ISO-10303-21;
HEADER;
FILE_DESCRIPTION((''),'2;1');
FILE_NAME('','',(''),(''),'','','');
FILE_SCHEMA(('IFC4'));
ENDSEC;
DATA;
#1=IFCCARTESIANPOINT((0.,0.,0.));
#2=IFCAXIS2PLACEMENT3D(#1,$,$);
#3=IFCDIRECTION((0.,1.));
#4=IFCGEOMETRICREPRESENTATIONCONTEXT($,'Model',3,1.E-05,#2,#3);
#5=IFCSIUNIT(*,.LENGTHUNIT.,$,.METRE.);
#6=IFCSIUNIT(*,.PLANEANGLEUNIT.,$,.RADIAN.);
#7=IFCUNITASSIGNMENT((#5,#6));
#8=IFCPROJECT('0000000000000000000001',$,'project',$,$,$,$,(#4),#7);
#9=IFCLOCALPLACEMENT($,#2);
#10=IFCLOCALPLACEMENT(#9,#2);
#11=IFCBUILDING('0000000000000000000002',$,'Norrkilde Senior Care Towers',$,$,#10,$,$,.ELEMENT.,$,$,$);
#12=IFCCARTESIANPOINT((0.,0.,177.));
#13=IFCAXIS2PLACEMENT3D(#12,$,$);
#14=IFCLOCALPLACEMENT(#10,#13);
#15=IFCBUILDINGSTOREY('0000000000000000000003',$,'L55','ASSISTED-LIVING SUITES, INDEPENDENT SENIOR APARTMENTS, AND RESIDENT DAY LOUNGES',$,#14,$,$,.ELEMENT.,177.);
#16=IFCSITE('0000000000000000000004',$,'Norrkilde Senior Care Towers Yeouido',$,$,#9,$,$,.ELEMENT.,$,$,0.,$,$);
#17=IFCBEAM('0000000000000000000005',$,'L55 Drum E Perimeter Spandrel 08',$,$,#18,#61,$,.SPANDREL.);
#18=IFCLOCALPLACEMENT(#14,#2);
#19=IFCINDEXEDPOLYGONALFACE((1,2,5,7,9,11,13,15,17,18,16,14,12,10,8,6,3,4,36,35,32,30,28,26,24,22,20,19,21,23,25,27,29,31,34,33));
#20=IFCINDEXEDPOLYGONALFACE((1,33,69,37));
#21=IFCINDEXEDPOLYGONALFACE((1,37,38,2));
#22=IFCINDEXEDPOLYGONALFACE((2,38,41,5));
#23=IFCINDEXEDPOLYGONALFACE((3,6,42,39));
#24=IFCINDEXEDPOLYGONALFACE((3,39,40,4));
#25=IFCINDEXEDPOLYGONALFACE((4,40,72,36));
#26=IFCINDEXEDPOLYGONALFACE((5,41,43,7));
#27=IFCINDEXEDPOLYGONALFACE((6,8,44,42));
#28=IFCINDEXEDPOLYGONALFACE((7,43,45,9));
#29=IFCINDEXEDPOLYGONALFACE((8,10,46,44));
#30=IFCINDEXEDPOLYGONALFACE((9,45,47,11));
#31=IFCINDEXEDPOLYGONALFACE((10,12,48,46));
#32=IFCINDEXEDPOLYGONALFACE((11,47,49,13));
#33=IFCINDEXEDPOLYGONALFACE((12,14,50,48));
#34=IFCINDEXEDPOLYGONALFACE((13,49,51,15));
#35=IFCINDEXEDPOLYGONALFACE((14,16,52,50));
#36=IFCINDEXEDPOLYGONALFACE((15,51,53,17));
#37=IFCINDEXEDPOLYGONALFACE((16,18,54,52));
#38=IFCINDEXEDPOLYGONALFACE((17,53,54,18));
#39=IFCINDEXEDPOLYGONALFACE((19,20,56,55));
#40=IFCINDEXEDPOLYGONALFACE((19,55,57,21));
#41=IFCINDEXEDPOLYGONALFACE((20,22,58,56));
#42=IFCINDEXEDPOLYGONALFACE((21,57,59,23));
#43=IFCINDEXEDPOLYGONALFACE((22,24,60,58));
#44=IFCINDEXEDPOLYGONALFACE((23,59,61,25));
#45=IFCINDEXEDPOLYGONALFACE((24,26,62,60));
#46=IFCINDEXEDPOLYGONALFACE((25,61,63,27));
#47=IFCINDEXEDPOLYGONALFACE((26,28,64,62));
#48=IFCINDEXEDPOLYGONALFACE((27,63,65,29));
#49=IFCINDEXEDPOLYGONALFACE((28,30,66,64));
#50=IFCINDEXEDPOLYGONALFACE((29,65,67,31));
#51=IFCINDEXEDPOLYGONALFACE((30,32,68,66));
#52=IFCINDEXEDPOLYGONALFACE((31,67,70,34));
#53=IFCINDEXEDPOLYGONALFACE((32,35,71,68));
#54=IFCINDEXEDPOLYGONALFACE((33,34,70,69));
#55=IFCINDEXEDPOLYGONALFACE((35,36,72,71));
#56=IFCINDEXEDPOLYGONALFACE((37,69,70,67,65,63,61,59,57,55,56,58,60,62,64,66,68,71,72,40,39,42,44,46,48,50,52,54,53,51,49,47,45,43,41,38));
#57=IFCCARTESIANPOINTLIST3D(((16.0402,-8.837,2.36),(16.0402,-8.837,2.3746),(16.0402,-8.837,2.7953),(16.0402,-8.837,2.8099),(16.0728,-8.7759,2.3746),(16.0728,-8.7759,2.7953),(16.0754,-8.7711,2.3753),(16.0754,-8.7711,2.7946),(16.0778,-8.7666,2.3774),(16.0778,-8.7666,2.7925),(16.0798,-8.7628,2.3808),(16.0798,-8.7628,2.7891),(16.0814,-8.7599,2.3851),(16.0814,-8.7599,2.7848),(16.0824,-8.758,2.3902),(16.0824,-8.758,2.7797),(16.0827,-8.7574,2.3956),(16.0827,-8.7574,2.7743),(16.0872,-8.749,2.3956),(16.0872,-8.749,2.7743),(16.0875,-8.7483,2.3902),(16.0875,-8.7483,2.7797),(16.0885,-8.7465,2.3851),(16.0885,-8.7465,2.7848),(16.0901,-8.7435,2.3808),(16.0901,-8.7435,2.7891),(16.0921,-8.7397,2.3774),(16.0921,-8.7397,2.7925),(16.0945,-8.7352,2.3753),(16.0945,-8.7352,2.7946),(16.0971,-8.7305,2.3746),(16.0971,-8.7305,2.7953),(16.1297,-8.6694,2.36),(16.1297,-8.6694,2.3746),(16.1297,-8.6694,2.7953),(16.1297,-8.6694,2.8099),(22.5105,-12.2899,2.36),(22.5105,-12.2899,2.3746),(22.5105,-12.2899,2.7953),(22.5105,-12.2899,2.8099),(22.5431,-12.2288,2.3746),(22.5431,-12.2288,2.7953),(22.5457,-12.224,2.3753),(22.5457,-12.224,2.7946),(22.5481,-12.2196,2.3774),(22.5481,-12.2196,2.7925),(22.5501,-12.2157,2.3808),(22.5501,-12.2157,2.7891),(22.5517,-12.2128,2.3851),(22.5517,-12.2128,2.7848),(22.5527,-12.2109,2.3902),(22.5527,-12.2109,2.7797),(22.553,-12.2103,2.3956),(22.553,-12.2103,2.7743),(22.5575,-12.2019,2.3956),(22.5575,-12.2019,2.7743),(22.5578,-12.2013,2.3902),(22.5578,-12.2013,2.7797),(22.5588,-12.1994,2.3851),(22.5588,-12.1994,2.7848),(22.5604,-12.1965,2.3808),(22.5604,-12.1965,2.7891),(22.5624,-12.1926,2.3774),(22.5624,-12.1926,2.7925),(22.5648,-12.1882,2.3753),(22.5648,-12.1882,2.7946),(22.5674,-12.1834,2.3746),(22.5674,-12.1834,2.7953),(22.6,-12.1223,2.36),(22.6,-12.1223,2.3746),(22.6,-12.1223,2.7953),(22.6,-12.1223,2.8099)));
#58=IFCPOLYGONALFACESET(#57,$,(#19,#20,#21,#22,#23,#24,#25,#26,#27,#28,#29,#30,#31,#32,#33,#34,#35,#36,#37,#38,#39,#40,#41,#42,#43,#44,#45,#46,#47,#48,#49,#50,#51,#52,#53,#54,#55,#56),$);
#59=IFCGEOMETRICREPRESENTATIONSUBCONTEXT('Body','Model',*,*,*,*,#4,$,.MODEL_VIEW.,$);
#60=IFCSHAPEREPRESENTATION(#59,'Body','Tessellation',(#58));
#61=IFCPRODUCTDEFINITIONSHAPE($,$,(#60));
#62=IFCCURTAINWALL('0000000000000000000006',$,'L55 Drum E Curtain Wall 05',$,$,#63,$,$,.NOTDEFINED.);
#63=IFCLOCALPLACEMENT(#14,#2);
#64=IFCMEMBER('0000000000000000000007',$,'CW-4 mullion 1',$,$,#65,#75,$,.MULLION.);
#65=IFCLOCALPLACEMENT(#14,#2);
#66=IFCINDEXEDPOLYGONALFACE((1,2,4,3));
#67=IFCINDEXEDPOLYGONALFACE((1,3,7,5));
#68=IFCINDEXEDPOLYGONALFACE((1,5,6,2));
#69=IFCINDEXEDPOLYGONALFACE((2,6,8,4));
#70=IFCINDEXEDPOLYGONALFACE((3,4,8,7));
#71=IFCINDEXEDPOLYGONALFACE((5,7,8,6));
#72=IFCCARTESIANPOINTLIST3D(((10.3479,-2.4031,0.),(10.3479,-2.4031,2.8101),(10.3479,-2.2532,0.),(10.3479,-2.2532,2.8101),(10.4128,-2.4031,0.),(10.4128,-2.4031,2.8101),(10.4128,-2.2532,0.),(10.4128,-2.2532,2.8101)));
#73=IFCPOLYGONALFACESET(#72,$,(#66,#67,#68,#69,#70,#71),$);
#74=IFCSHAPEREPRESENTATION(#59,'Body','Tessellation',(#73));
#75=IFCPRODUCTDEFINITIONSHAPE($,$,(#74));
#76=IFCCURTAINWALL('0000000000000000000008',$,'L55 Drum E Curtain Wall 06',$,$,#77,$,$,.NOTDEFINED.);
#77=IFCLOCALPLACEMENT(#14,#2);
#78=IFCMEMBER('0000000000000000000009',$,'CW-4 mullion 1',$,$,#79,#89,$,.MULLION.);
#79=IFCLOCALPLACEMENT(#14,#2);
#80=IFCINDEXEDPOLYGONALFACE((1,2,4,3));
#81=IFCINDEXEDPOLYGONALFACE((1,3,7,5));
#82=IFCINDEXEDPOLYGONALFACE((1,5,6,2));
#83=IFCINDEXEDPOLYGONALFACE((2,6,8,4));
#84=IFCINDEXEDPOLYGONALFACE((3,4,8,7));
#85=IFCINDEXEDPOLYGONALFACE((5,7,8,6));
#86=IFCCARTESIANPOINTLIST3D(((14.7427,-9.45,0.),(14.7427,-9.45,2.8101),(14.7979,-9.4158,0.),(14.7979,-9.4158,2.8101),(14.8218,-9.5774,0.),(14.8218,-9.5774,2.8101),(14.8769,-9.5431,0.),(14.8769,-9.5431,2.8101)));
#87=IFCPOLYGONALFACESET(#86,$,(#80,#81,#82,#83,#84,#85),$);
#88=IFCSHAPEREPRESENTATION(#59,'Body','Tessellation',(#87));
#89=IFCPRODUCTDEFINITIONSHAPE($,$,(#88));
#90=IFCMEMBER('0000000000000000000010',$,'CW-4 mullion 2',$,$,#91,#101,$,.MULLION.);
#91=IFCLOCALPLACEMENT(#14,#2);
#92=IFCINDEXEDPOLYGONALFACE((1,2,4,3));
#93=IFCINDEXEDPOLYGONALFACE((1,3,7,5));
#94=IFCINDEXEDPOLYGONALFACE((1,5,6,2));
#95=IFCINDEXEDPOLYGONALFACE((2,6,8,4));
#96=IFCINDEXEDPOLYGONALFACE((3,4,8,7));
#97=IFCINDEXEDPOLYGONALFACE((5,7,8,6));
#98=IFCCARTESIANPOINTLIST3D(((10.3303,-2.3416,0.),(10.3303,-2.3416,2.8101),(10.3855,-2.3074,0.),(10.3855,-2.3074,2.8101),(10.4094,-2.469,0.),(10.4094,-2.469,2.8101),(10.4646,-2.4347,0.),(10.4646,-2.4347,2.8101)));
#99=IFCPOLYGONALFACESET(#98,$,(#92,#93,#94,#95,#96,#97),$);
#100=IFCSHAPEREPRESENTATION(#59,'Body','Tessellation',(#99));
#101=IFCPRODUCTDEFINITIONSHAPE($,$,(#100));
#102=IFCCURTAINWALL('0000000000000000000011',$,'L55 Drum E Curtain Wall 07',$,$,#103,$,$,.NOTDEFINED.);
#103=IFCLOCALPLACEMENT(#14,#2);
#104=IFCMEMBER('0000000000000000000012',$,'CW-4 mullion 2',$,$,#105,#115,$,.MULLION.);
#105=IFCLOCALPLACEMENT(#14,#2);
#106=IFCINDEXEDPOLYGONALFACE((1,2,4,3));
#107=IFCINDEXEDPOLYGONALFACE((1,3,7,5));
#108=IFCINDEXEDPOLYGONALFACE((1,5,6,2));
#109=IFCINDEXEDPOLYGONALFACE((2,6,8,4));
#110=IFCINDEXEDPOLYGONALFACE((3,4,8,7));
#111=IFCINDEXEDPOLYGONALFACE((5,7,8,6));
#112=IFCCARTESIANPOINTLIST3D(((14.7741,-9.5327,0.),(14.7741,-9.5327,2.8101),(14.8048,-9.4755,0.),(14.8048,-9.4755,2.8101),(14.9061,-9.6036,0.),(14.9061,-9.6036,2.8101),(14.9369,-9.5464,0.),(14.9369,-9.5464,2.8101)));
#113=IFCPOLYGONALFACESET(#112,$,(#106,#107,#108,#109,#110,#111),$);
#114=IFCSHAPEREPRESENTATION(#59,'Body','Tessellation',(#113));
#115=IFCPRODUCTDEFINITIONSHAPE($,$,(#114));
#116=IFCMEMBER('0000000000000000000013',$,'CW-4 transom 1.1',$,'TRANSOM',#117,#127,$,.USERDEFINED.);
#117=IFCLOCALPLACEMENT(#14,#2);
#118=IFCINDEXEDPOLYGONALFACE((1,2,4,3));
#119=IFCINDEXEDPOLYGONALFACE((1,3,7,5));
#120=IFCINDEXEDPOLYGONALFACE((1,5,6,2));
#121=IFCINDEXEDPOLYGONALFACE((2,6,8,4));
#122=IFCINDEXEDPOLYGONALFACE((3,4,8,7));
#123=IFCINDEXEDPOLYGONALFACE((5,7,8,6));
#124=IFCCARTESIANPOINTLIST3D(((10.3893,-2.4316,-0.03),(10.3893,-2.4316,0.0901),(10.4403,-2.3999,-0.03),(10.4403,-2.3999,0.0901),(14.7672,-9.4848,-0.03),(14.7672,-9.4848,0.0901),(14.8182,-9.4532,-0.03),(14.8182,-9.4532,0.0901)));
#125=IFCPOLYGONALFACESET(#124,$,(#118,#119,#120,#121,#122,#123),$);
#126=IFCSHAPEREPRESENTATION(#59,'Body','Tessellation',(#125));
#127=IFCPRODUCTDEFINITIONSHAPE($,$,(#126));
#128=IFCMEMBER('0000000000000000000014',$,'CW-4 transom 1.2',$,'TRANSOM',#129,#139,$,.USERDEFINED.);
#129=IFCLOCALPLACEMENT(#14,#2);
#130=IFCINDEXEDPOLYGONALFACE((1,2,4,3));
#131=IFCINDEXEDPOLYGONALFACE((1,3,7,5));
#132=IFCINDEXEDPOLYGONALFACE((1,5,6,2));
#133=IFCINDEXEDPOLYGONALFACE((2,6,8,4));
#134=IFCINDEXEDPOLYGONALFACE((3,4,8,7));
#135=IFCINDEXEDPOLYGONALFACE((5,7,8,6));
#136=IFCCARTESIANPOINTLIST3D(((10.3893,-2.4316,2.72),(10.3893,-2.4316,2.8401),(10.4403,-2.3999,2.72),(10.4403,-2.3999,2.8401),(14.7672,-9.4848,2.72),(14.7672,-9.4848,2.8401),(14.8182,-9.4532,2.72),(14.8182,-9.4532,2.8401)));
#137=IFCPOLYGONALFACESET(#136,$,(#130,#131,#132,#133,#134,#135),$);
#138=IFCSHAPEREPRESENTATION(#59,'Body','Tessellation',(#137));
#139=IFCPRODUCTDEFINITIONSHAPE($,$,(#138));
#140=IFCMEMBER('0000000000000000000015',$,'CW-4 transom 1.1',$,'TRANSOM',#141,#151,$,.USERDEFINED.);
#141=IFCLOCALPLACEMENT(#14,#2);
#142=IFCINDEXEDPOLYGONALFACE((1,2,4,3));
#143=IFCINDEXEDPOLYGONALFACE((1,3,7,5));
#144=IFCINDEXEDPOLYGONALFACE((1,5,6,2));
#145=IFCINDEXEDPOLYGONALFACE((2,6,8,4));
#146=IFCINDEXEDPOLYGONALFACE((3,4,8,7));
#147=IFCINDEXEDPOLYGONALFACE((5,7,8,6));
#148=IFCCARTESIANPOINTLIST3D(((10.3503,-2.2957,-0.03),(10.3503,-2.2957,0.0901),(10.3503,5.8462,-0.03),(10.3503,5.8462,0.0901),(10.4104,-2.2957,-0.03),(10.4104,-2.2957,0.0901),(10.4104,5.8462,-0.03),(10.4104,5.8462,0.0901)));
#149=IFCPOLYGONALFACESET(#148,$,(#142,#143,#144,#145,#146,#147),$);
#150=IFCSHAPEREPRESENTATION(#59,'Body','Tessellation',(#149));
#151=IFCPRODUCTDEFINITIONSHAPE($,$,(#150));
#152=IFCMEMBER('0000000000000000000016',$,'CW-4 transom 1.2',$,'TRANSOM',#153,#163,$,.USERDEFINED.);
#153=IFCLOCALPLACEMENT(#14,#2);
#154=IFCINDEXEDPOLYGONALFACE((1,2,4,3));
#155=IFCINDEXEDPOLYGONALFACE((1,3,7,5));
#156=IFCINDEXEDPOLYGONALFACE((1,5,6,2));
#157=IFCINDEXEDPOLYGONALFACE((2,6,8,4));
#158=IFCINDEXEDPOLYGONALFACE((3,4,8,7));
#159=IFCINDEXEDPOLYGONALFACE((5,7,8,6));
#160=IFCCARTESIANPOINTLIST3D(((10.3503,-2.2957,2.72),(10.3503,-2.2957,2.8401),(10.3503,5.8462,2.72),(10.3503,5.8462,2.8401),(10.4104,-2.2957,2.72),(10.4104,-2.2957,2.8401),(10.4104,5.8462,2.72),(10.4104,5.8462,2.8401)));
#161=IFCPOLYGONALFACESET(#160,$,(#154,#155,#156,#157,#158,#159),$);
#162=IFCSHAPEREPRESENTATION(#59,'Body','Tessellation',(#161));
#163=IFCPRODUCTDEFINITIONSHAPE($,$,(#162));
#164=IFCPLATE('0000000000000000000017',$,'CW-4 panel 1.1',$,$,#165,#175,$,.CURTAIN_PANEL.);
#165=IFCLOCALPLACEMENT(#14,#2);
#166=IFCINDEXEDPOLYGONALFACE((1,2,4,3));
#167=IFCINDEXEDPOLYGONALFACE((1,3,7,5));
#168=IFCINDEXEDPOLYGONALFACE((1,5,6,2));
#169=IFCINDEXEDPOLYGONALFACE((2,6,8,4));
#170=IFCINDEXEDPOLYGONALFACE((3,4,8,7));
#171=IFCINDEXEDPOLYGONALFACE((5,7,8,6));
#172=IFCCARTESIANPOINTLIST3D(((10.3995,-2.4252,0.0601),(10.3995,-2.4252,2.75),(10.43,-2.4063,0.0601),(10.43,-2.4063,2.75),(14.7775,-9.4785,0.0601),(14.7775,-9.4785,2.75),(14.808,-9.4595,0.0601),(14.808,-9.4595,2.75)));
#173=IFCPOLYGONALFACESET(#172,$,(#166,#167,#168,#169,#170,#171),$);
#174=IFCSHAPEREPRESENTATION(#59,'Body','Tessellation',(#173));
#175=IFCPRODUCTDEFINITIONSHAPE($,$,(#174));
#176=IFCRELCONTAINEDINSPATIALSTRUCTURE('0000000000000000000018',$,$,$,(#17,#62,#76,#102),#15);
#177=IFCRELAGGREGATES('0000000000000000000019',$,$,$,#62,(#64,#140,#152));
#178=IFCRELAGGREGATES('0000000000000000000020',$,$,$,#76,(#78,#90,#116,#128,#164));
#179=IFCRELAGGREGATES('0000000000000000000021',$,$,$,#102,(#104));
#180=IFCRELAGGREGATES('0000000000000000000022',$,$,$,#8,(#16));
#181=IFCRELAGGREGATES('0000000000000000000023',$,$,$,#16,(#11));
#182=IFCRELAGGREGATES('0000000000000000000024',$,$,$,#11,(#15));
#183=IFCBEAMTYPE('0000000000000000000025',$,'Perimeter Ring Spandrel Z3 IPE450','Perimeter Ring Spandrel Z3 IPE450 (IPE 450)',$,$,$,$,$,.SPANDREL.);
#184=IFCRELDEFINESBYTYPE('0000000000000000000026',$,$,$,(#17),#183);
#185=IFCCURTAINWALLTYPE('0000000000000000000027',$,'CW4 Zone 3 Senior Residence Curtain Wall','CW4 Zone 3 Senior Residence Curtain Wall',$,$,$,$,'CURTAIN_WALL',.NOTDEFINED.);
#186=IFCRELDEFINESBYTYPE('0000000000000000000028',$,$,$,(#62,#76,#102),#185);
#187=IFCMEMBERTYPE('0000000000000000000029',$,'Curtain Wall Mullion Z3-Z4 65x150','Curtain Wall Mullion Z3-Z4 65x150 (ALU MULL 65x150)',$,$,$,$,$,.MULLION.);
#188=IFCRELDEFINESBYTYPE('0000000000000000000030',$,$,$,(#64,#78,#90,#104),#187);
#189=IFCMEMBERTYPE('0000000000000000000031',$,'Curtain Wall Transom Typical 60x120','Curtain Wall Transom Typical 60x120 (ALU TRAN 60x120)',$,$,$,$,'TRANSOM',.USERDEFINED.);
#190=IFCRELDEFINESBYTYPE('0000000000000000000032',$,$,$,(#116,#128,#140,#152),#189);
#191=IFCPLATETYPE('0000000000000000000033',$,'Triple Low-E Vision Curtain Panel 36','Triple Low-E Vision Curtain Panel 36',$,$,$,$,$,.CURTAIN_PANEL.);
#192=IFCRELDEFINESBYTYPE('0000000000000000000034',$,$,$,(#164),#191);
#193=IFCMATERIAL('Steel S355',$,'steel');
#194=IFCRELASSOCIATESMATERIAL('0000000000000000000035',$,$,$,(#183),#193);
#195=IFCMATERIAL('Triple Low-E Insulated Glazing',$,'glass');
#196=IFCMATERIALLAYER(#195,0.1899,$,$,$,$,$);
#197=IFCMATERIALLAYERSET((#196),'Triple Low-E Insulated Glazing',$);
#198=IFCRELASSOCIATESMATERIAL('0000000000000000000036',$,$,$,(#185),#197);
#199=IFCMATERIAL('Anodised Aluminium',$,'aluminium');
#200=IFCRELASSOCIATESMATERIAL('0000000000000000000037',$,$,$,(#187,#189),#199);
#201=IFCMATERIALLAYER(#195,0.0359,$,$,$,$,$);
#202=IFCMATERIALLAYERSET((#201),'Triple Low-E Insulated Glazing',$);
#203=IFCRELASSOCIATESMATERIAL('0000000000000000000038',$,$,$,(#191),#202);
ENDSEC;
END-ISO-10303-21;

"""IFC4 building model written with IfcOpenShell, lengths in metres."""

from ifc_helpers import new_model, si_unit, direction, frame, origin, origin_2d, place, context, subcontext, project, spatial, rectangle, i_section, extrude, source, transform, mapped, material, layer, layer_set, material_profile, profile_set, type_object, type_shapes, element, aggregate, save


model = new_model("IFC4")

# Units and contexts
model_context = context("Model", 3, precision=1e-05, world=origin(), true_north=direction((0.0, 1.0)))
body_context = subcontext(model_context, "Body", "Model", "MODEL_VIEW")
ifc_project = project(units=[si_unit("LENGTHUNIT", "METRE"), si_unit("PLANEANGLEUNIT", "RADIAN")], contexts=[model_context])

# Site, building, storey
site_placement = place(None, origin())
site = spatial("IfcSite", under=ifc_project, at=site_placement, Name="Norrkilde Senior Care Towers Yeouido", CompositionType="ELEMENT", RefElevation=0.0)
building_placement = place(site_placement, origin())
building = spatial("IfcBuilding", under=site, at=building_placement, Name="Norrkilde Senior Care Towers", CompositionType="ELEMENT")
storey_placement = place(building_placement, frame((0.0, 0.0, 177.0)))
storey = spatial("IfcBuildingStorey", under=building, at=storey_placement, Name="L55", Description="ASSISTED-LIVING SUITES, INDEPENDENT SENIOR APARTMENTS, AND RESIDENT DAY LOUNGES", CompositionType="ELEMENT", Elevation=177.0)

# Beam
ifc_material_1 = material(Name="Steel S355", Category="steel")
ifc_material_profile_1 = material_profile(ifc_material_1, i_section(OverallWidth=0.1899, OverallDepth=0.45, WebThickness=0.0095, FlangeThickness=0.0146, FilletRadius=0.021, at=origin_2d()), Name="IPE 450")
ifc_profile_set_1 = profile_set([ifc_material_profile_1], Name="Steel S355")
beam_type = type_object("IfcBeamType", Name="Perimeter Ring Spandrel Z3 IPE450", Description="Perimeter Ring Spandrel Z3 IPE450 (IPE 450)", PredefinedType="SPANDREL", material=ifc_profile_set_1)
shared_shape_1 = source(origin(), body_context, "Body", "SweptSolid", [
    extrude(i_section(OverallWidth=0.1899, OverallDepth=0.45, WebThickness=0.0095, FlangeThickness=0.0146, FilletRadius=0.021, at=origin_2d()), origin(), (0.0, 0.0, 1.0), 7.334),
])
beam_1_placement = place(storey_placement, frame((16.085, -8.7532, 2.585), z_axis=(0.882234, -0.470811, 0.0), x_axis=(0.470811, 0.882234, 0.0)))
element("IfcBeam", 1, at=beam_1_placement, inside=storey, type_object=beam_type, Name="L55 Drum E Perimeter Spandrel 08", PredefinedType="SPANDREL", context=body_context, shape_type="MappedRepresentation", body=[
    mapped(shared_shape_1, transform((0.0, 0.0, 0.0), x_axis=(1.0, 0.0, 0.0), y_axis=(0.0, 1.0, 0.0), z_axis=(0.0, 0.0, 1.0), scale=1.0)),
])

# Curtain wall, member
ifc_material_2 = material(Name="Triple Low-E Insulated Glazing", Category="glass")
ifc_layer_1 = layer(ifc_material_2, 0.1899)
ifc_layer_set_1 = layer_set([ifc_layer_1], Name="Triple Low-E Insulated Glazing")
curtain_wall_type = type_object("IfcCurtainWallType", Name="CW4 Zone 3 Senior Residence Curtain Wall", Description="CW4 Zone 3 Senior Residence Curtain Wall", ElementType="CURTAIN_WALL", PredefinedType="NOTDEFINED", material=ifc_layer_set_1)
curtain_wall_1_placement = place(storey_placement, origin())
curtain_wall_1 = element("IfcCurtainWall", 2, at=curtain_wall_1_placement, inside=storey, type_object=curtain_wall_type, Name="L55 Drum E Curtain Wall 05", PredefinedType="NOTDEFINED")
ifc_material_3 = material(Name="Anodised Aluminium", Category="aluminium")
ifc_material_profile_2 = material_profile(ifc_material_3, rectangle(XDim=0.0649, YDim=0.1499, at=origin_2d()), Name="ALU MULL 65x150")
ifc_profile_set_2 = profile_set([ifc_material_profile_2], Name="Anodised Aluminium")
member_type_1 = type_object("IfcMemberType", Name="Curtain Wall Mullion Z3-Z4 65x150", Description="Curtain Wall Mullion Z3-Z4 65x150 (ALU MULL 65x150)", PredefinedType="MULLION", material=ifc_profile_set_2)
shared_shape_2 = source(origin(), body_context, "Body", "SweptSolid", [
    extrude(rectangle(XDim=0.0649, YDim=0.1499, at=origin_2d()), origin(), (0.0, 0.0, 1.0), 2.8101),
])
type_shapes(member_type_1, [shared_shape_2])
member_1_placement = place(storey_placement, frame((10.3804, -2.3281, 0.0), z_axis=(0.0, 0.0, 1.0), x_axis=(-1.0, 0.0, 0.0)))
member_1 = element("IfcMember", 3, at=member_1_placement, type_object=member_type_1, Name="CW-4 mullion 1", PredefinedType="MULLION", context=body_context, shape_type="MappedRepresentation", body=[
    mapped(shared_shape_2, transform((0.0, 0.0, 0.0), x_axis=(1.0, 0.0, 0.0), y_axis=(0.0, 1.0, 0.0), z_axis=(0.0, 0.0, 1.0), scale=1.0)),
])

# Curtain wall, members
curtain_wall_2_placement = place(storey_placement, origin())
curtain_wall_2 = element("IfcCurtainWall", 4, at=curtain_wall_2_placement, inside=storey, type_object=curtain_wall_type, Name="L55 Drum E Curtain Wall 06", PredefinedType="NOTDEFINED")
member_2_placement = place(storey_placement, frame((14.8098, -9.4966, 0.0), z_axis=(0.0, 0.0, 1.0), x_axis=(-0.849634, -0.527373, 0.0)))
member_2 = element("IfcMember", 5, at=member_2_placement, type_object=member_type_1, Name="CW-4 mullion 1", PredefinedType="MULLION", context=body_context, shape_type="MappedRepresentation", body=[
    mapped(shared_shape_2, transform((0.0, 0.0, 0.0), x_axis=(1.0, 0.0, 0.0), y_axis=(0.0, 1.0, 0.0), z_axis=(0.0, 0.0, 1.0), scale=1.0)),
])
member_3_placement = place(storey_placement, frame((10.3975, -2.3882, 0.0), z_axis=(0.0, 0.0, 1.0), x_axis=(-0.849634, -0.527373, 0.0)))
member_3 = element("IfcMember", 6, at=member_3_placement, type_object=member_type_1, Name="CW-4 mullion 2", PredefinedType="MULLION", context=body_context, shape_type="MappedRepresentation", body=[
    mapped(shared_shape_2, transform((0.0, 0.0, 0.0), x_axis=(1.0, 0.0, 0.0), y_axis=(0.0, 1.0, 0.0), z_axis=(0.0, 0.0, 1.0), scale=1.0)),
])

# Curtain wall, member
curtain_wall_3_placement = place(storey_placement, origin())
curtain_wall_3 = element("IfcCurtainWall", 7, at=curtain_wall_3_placement, inside=storey, type_object=curtain_wall_type, Name="L55 Drum E Curtain Wall 07", PredefinedType="NOTDEFINED")
member_4_placement = place(storey_placement, frame((14.8555, -9.5396, 0.0), z_axis=(0.0, 0.0, 1.0), x_axis=(-0.473117, -0.881, 0.0)))
member_4 = element("IfcMember", 8, at=member_4_placement, type_object=member_type_1, Name="CW-4 mullion 2", PredefinedType="MULLION", context=body_context, shape_type="MappedRepresentation", body=[
    mapped(shared_shape_2, transform((0.0, 0.0, 0.0), x_axis=(1.0, 0.0, 0.0), y_axis=(0.0, 1.0, 0.0), z_axis=(0.0, 0.0, 1.0), scale=1.0)),
])

# Members
ifc_material_profile_3 = material_profile(ifc_material_3, rectangle(XDim=0.0601, YDim=0.1201, at=origin_2d()), Name="ALU TRAN 60x120")
ifc_profile_set_3 = profile_set([ifc_material_profile_3], Name="Anodised Aluminium")
member_type_2 = type_object("IfcMemberType", Name="Curtain Wall Transom Typical 60x120", Description="Curtain Wall Transom Typical 60x120 (ALU TRAN 60x120)", ElementType="TRANSOM", PredefinedType="USERDEFINED", material=ifc_profile_set_3)
shared_shape_3 = source(origin(), body_context, "Body", "SweptSolid", [
    extrude(rectangle(XDim=0.0601, YDim=0.1201, at=origin_2d()), origin(), (0.0, 0.0, 1.0), 8.3015),
])
member_5_placement = place(storey_placement, frame((14.7927, -9.469, 0.03), z_axis=(-0.527369, 0.849637, 0.0), x_axis=(-0.849637, -0.527369, 0.0)))
member_5 = element("IfcMember", 9, at=member_5_placement, type_object=member_type_2, Name="CW-4 transom 1.1", ObjectType="TRANSOM", PredefinedType="USERDEFINED", context=body_context, shape_type="MappedRepresentation", body=[
    mapped(shared_shape_3, transform((0.0, 0.0, 0.0), x_axis=(1.0, 0.0, 0.0), y_axis=(0.0, 1.0, 0.0), z_axis=(0.0, 0.0, 1.0), scale=1.0)),
])
member_6_placement = place(storey_placement, frame((14.7927, -9.469, 2.78), z_axis=(-0.527369, 0.849637, 0.0), x_axis=(-0.849637, -0.527369, 0.0)))
member_6 = element("IfcMember", 10, at=member_6_placement, type_object=member_type_2, Name="CW-4 transom 1.2", ObjectType="TRANSOM", PredefinedType="USERDEFINED", context=body_context, shape_type="MappedRepresentation", body=[
    mapped(shared_shape_3, transform((0.0, 0.0, 0.0), x_axis=(1.0, 0.0, 0.0), y_axis=(0.0, 1.0, 0.0), z_axis=(0.0, 0.0, 1.0), scale=1.0)),
])
shared_shape_4 = source(origin(), body_context, "Body", "SweptSolid", [
    extrude(rectangle(XDim=0.0601, YDim=0.1201, at=origin_2d()), origin(), (0.0, 0.0, 1.0), 8.1418),
])
type_shapes(member_type_2, [shared_shape_3, shared_shape_4])
member_7_placement = place(storey_placement, frame((10.3804, -2.2957, 0.03), z_axis=(0.0, 1.0, 0.0), x_axis=(-1.0, 0.0, 0.0)))
member_7 = element("IfcMember", 11, at=member_7_placement, type_object=member_type_2, Name="CW-4 transom 1.1", ObjectType="TRANSOM", PredefinedType="USERDEFINED", context=body_context, shape_type="MappedRepresentation", body=[
    mapped(shared_shape_4, transform((0.0, 0.0, 0.0), x_axis=(1.0, 0.0, 0.0), y_axis=(0.0, 1.0, 0.0), z_axis=(0.0, 0.0, 1.0), scale=1.0)),
])
member_8_placement = place(storey_placement, frame((10.3804, -2.2957, 2.78), z_axis=(0.0, 1.0, 0.0), x_axis=(-1.0, 0.0, 0.0)))
member_8 = element("IfcMember", 12, at=member_8_placement, type_object=member_type_2, Name="CW-4 transom 1.2", ObjectType="TRANSOM", PredefinedType="USERDEFINED", context=body_context, shape_type="MappedRepresentation", body=[
    mapped(shared_shape_4, transform((0.0, 0.0, 0.0), x_axis=(1.0, 0.0, 0.0), y_axis=(0.0, 1.0, 0.0), z_axis=(0.0, 0.0, 1.0), scale=1.0)),
])
aggregate(curtain_wall_1, [member_1, member_7, member_8])

# Plate
ifc_layer_2 = layer(ifc_material_2, 0.0359)
ifc_layer_set_2 = layer_set([ifc_layer_2], Name="Triple Low-E Insulated Glazing")
plate_type = type_object("IfcPlateType", Name="Triple Low-E Vision Curtain Panel 36", Description="Triple Low-E Vision Curtain Panel 36", PredefinedType="CURTAIN_PANEL", material=ifc_layer_set_2)
shared_shape_5 = source(origin(), body_context, "Body", "SweptSolid", [
    extrude(rectangle(XDim=8.3015, YDim=0.0359, at=origin_2d()), origin(), (0.0, 0.0, 1.0), 2.6899),
])
plate_1_placement = place(storey_placement, frame((12.6038, -5.9424, 0.0601), z_axis=(0.0, 0.0, 1.0), x_axis=(-0.527373, 0.849634, 0.0)))
plate_1 = element("IfcPlate", 13, at=plate_1_placement, type_object=plate_type, Name="CW-4 panel 1.1", PredefinedType="CURTAIN_PANEL", context=body_context, shape_type="MappedRepresentation", body=[
    mapped(shared_shape_5, transform((0.0, 0.0, 0.0), x_axis=(1.0, 0.0, 0.0), y_axis=(0.0, 1.0, 0.0), z_axis=(0.0, 0.0, 1.0), scale=1.0)),
])
aggregate(curtain_wall_2, [member_2, member_3, member_5, member_6, plate_1])
aggregate(curtain_wall_3, [member_4])

save(model, "model.ifc")
